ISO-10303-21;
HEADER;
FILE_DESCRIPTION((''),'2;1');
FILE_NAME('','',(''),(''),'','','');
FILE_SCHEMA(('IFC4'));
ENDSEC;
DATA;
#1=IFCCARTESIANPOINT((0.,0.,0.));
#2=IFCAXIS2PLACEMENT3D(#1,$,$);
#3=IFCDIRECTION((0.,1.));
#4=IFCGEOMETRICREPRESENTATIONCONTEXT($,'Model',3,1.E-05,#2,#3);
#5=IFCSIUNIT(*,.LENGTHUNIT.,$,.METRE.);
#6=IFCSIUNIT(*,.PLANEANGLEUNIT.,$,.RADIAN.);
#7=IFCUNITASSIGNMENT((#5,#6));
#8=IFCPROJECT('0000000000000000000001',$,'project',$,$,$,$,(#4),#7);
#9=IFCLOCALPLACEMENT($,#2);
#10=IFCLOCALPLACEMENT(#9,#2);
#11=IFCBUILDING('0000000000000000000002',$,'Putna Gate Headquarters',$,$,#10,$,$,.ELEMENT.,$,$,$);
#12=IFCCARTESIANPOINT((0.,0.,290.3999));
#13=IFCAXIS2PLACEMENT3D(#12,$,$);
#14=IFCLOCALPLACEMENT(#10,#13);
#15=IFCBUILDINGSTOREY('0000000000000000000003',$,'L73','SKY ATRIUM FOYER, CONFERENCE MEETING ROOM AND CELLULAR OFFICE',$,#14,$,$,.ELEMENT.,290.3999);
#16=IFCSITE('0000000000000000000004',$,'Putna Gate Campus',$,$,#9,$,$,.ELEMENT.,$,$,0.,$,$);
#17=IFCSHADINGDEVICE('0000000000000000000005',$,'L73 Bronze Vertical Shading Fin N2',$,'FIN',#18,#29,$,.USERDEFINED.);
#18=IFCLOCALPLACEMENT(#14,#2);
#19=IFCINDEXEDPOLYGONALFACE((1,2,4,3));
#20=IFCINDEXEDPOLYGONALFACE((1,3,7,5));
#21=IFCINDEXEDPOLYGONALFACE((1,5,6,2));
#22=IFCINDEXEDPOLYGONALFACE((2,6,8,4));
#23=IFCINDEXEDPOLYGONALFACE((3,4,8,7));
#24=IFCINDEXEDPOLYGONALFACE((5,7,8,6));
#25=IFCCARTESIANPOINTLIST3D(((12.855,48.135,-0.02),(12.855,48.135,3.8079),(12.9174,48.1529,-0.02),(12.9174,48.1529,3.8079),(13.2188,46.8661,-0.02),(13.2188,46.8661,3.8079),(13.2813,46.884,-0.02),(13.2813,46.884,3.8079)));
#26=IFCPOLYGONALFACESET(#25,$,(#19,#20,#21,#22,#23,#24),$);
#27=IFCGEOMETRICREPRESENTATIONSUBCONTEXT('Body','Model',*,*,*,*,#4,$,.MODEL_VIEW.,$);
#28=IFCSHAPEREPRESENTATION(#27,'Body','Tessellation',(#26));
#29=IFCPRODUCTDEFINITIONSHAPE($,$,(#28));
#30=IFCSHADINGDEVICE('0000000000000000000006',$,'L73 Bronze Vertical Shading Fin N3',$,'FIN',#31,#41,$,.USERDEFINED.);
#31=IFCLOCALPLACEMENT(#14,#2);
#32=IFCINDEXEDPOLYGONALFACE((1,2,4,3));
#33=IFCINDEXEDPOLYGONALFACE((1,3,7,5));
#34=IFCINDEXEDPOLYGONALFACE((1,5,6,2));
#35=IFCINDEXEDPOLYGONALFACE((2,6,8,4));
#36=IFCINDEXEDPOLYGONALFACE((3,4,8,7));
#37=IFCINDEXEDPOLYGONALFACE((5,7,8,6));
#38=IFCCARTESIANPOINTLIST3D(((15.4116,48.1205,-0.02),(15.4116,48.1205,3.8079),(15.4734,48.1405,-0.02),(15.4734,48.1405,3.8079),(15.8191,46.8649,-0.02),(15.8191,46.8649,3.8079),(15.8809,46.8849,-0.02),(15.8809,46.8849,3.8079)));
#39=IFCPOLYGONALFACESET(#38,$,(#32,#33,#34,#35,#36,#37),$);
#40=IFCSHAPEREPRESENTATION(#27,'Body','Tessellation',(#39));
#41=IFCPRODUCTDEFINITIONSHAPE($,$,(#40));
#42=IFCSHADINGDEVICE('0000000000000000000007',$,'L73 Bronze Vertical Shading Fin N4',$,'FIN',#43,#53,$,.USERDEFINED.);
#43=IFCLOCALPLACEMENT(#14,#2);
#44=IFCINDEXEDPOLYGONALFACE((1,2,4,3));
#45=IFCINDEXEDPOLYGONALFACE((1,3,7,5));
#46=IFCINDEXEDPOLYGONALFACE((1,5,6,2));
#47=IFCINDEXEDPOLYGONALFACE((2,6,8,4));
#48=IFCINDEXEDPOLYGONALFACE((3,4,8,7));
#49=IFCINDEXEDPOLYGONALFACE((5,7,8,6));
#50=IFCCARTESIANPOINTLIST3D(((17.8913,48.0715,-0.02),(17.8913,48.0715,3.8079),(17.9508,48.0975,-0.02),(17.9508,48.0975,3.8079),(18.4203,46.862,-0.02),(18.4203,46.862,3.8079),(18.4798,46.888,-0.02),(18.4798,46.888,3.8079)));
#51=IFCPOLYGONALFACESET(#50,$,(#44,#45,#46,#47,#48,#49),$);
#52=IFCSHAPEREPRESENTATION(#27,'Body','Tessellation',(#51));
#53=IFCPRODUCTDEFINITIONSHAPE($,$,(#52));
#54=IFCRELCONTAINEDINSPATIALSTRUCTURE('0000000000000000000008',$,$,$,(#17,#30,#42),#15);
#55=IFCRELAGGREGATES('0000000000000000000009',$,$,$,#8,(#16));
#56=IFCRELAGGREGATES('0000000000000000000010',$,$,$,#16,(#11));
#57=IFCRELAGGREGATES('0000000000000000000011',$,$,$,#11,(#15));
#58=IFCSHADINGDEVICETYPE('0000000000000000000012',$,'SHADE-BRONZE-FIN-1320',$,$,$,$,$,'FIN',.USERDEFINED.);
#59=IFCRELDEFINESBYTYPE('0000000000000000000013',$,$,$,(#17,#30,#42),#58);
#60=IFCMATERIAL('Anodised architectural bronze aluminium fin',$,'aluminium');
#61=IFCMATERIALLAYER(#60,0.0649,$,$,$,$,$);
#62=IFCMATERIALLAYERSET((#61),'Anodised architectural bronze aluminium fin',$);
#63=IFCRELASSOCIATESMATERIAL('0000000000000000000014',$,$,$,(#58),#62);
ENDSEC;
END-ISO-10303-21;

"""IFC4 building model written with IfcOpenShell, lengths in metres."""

from ifc_helpers import new_model, si_unit, direction, frame, origin, origin_2d, place, context, subcontext, project, spatial, rectangle, extrude, material, layer, layer_set, type_object, element, save


model = new_model("IFC4")

# Units and contexts
model_context = context("Model", 3, precision=1e-05, world=origin(), true_north=direction((0.0, 1.0)))
body_context = subcontext(model_context, "Body", "Model", "MODEL_VIEW")
ifc_project = project(units=[si_unit("LENGTHUNIT", "METRE"), si_unit("PLANEANGLEUNIT", "RADIAN")], contexts=[model_context])

# Site, building, storey
site_placement = place(None, origin())
site = spatial("IfcSite", under=ifc_project, at=site_placement, Name="Putna Gate Campus", CompositionType="ELEMENT", RefElevation=0.0)
building_placement = place(site_placement, origin())
building = spatial("IfcBuilding", under=site, at=building_placement, Name="Putna Gate Headquarters", CompositionType="ELEMENT")
storey_placement = place(building_placement, frame((0.0, 0.0, 290.3999)))
storey = spatial("IfcBuildingStorey", under=building, at=storey_placement, Name="L73", Description="SKY ATRIUM FOYER, CONFERENCE MEETING ROOM AND CELLULAR OFFICE", CompositionType="ELEMENT", Elevation=290.3999)

# Shading devices
ifc_material_1 = material(Name="Anodised architectural bronze aluminium fin", Category="aluminium")
ifc_layer_1 = layer(ifc_material_1, 0.0649)
ifc_layer_set_1 = layer_set([ifc_layer_1], Name="Anodised architectural bronze aluminium fin")
shading_device_type = type_object("IfcShadingDeviceType", Name="SHADE-BRONZE-FIN-1320", ElementType="FIN", PredefinedType="USERDEFINED", material=ifc_layer_set_1)
for number, where, z_axis, x_axis, name in (
    (1, (13.0681, 47.5095, -0.02), (0.0, 0.0, 1.0), (-0.275637, 0.961262, 0.0), "L73 Bronze Vertical Shading Fin N2"),
    (2, (15.6462, 47.5027, -0.02), (0.0, 0.0, 1.0), (-0.308685, 0.951164, 0.0), "L73 Bronze Vertical Shading Fin N3"),
    (3, (18.1855, 47.4797, -0.02), (0.0, 0.0, 1.0), (-0.400669, 0.916223, 0.0), "L73 Bronze Vertical Shading Fin N4"),
):
    element("IfcShadingDevice", number, at=place(storey_placement, frame(where, z_axis=z_axis, x_axis=x_axis)), inside=storey, type_object=shading_device_type, Name=name, ObjectType="FIN", PredefinedType="USERDEFINED", context=body_context, shape_type="SweptSolid", body=[
        extrude(rectangle(XDim=1.3201, YDim=0.0649, at=origin_2d()), origin(), (0.0, 0.0, 1.0), 3.8279),
    ])

save(model, "model.ifc")
